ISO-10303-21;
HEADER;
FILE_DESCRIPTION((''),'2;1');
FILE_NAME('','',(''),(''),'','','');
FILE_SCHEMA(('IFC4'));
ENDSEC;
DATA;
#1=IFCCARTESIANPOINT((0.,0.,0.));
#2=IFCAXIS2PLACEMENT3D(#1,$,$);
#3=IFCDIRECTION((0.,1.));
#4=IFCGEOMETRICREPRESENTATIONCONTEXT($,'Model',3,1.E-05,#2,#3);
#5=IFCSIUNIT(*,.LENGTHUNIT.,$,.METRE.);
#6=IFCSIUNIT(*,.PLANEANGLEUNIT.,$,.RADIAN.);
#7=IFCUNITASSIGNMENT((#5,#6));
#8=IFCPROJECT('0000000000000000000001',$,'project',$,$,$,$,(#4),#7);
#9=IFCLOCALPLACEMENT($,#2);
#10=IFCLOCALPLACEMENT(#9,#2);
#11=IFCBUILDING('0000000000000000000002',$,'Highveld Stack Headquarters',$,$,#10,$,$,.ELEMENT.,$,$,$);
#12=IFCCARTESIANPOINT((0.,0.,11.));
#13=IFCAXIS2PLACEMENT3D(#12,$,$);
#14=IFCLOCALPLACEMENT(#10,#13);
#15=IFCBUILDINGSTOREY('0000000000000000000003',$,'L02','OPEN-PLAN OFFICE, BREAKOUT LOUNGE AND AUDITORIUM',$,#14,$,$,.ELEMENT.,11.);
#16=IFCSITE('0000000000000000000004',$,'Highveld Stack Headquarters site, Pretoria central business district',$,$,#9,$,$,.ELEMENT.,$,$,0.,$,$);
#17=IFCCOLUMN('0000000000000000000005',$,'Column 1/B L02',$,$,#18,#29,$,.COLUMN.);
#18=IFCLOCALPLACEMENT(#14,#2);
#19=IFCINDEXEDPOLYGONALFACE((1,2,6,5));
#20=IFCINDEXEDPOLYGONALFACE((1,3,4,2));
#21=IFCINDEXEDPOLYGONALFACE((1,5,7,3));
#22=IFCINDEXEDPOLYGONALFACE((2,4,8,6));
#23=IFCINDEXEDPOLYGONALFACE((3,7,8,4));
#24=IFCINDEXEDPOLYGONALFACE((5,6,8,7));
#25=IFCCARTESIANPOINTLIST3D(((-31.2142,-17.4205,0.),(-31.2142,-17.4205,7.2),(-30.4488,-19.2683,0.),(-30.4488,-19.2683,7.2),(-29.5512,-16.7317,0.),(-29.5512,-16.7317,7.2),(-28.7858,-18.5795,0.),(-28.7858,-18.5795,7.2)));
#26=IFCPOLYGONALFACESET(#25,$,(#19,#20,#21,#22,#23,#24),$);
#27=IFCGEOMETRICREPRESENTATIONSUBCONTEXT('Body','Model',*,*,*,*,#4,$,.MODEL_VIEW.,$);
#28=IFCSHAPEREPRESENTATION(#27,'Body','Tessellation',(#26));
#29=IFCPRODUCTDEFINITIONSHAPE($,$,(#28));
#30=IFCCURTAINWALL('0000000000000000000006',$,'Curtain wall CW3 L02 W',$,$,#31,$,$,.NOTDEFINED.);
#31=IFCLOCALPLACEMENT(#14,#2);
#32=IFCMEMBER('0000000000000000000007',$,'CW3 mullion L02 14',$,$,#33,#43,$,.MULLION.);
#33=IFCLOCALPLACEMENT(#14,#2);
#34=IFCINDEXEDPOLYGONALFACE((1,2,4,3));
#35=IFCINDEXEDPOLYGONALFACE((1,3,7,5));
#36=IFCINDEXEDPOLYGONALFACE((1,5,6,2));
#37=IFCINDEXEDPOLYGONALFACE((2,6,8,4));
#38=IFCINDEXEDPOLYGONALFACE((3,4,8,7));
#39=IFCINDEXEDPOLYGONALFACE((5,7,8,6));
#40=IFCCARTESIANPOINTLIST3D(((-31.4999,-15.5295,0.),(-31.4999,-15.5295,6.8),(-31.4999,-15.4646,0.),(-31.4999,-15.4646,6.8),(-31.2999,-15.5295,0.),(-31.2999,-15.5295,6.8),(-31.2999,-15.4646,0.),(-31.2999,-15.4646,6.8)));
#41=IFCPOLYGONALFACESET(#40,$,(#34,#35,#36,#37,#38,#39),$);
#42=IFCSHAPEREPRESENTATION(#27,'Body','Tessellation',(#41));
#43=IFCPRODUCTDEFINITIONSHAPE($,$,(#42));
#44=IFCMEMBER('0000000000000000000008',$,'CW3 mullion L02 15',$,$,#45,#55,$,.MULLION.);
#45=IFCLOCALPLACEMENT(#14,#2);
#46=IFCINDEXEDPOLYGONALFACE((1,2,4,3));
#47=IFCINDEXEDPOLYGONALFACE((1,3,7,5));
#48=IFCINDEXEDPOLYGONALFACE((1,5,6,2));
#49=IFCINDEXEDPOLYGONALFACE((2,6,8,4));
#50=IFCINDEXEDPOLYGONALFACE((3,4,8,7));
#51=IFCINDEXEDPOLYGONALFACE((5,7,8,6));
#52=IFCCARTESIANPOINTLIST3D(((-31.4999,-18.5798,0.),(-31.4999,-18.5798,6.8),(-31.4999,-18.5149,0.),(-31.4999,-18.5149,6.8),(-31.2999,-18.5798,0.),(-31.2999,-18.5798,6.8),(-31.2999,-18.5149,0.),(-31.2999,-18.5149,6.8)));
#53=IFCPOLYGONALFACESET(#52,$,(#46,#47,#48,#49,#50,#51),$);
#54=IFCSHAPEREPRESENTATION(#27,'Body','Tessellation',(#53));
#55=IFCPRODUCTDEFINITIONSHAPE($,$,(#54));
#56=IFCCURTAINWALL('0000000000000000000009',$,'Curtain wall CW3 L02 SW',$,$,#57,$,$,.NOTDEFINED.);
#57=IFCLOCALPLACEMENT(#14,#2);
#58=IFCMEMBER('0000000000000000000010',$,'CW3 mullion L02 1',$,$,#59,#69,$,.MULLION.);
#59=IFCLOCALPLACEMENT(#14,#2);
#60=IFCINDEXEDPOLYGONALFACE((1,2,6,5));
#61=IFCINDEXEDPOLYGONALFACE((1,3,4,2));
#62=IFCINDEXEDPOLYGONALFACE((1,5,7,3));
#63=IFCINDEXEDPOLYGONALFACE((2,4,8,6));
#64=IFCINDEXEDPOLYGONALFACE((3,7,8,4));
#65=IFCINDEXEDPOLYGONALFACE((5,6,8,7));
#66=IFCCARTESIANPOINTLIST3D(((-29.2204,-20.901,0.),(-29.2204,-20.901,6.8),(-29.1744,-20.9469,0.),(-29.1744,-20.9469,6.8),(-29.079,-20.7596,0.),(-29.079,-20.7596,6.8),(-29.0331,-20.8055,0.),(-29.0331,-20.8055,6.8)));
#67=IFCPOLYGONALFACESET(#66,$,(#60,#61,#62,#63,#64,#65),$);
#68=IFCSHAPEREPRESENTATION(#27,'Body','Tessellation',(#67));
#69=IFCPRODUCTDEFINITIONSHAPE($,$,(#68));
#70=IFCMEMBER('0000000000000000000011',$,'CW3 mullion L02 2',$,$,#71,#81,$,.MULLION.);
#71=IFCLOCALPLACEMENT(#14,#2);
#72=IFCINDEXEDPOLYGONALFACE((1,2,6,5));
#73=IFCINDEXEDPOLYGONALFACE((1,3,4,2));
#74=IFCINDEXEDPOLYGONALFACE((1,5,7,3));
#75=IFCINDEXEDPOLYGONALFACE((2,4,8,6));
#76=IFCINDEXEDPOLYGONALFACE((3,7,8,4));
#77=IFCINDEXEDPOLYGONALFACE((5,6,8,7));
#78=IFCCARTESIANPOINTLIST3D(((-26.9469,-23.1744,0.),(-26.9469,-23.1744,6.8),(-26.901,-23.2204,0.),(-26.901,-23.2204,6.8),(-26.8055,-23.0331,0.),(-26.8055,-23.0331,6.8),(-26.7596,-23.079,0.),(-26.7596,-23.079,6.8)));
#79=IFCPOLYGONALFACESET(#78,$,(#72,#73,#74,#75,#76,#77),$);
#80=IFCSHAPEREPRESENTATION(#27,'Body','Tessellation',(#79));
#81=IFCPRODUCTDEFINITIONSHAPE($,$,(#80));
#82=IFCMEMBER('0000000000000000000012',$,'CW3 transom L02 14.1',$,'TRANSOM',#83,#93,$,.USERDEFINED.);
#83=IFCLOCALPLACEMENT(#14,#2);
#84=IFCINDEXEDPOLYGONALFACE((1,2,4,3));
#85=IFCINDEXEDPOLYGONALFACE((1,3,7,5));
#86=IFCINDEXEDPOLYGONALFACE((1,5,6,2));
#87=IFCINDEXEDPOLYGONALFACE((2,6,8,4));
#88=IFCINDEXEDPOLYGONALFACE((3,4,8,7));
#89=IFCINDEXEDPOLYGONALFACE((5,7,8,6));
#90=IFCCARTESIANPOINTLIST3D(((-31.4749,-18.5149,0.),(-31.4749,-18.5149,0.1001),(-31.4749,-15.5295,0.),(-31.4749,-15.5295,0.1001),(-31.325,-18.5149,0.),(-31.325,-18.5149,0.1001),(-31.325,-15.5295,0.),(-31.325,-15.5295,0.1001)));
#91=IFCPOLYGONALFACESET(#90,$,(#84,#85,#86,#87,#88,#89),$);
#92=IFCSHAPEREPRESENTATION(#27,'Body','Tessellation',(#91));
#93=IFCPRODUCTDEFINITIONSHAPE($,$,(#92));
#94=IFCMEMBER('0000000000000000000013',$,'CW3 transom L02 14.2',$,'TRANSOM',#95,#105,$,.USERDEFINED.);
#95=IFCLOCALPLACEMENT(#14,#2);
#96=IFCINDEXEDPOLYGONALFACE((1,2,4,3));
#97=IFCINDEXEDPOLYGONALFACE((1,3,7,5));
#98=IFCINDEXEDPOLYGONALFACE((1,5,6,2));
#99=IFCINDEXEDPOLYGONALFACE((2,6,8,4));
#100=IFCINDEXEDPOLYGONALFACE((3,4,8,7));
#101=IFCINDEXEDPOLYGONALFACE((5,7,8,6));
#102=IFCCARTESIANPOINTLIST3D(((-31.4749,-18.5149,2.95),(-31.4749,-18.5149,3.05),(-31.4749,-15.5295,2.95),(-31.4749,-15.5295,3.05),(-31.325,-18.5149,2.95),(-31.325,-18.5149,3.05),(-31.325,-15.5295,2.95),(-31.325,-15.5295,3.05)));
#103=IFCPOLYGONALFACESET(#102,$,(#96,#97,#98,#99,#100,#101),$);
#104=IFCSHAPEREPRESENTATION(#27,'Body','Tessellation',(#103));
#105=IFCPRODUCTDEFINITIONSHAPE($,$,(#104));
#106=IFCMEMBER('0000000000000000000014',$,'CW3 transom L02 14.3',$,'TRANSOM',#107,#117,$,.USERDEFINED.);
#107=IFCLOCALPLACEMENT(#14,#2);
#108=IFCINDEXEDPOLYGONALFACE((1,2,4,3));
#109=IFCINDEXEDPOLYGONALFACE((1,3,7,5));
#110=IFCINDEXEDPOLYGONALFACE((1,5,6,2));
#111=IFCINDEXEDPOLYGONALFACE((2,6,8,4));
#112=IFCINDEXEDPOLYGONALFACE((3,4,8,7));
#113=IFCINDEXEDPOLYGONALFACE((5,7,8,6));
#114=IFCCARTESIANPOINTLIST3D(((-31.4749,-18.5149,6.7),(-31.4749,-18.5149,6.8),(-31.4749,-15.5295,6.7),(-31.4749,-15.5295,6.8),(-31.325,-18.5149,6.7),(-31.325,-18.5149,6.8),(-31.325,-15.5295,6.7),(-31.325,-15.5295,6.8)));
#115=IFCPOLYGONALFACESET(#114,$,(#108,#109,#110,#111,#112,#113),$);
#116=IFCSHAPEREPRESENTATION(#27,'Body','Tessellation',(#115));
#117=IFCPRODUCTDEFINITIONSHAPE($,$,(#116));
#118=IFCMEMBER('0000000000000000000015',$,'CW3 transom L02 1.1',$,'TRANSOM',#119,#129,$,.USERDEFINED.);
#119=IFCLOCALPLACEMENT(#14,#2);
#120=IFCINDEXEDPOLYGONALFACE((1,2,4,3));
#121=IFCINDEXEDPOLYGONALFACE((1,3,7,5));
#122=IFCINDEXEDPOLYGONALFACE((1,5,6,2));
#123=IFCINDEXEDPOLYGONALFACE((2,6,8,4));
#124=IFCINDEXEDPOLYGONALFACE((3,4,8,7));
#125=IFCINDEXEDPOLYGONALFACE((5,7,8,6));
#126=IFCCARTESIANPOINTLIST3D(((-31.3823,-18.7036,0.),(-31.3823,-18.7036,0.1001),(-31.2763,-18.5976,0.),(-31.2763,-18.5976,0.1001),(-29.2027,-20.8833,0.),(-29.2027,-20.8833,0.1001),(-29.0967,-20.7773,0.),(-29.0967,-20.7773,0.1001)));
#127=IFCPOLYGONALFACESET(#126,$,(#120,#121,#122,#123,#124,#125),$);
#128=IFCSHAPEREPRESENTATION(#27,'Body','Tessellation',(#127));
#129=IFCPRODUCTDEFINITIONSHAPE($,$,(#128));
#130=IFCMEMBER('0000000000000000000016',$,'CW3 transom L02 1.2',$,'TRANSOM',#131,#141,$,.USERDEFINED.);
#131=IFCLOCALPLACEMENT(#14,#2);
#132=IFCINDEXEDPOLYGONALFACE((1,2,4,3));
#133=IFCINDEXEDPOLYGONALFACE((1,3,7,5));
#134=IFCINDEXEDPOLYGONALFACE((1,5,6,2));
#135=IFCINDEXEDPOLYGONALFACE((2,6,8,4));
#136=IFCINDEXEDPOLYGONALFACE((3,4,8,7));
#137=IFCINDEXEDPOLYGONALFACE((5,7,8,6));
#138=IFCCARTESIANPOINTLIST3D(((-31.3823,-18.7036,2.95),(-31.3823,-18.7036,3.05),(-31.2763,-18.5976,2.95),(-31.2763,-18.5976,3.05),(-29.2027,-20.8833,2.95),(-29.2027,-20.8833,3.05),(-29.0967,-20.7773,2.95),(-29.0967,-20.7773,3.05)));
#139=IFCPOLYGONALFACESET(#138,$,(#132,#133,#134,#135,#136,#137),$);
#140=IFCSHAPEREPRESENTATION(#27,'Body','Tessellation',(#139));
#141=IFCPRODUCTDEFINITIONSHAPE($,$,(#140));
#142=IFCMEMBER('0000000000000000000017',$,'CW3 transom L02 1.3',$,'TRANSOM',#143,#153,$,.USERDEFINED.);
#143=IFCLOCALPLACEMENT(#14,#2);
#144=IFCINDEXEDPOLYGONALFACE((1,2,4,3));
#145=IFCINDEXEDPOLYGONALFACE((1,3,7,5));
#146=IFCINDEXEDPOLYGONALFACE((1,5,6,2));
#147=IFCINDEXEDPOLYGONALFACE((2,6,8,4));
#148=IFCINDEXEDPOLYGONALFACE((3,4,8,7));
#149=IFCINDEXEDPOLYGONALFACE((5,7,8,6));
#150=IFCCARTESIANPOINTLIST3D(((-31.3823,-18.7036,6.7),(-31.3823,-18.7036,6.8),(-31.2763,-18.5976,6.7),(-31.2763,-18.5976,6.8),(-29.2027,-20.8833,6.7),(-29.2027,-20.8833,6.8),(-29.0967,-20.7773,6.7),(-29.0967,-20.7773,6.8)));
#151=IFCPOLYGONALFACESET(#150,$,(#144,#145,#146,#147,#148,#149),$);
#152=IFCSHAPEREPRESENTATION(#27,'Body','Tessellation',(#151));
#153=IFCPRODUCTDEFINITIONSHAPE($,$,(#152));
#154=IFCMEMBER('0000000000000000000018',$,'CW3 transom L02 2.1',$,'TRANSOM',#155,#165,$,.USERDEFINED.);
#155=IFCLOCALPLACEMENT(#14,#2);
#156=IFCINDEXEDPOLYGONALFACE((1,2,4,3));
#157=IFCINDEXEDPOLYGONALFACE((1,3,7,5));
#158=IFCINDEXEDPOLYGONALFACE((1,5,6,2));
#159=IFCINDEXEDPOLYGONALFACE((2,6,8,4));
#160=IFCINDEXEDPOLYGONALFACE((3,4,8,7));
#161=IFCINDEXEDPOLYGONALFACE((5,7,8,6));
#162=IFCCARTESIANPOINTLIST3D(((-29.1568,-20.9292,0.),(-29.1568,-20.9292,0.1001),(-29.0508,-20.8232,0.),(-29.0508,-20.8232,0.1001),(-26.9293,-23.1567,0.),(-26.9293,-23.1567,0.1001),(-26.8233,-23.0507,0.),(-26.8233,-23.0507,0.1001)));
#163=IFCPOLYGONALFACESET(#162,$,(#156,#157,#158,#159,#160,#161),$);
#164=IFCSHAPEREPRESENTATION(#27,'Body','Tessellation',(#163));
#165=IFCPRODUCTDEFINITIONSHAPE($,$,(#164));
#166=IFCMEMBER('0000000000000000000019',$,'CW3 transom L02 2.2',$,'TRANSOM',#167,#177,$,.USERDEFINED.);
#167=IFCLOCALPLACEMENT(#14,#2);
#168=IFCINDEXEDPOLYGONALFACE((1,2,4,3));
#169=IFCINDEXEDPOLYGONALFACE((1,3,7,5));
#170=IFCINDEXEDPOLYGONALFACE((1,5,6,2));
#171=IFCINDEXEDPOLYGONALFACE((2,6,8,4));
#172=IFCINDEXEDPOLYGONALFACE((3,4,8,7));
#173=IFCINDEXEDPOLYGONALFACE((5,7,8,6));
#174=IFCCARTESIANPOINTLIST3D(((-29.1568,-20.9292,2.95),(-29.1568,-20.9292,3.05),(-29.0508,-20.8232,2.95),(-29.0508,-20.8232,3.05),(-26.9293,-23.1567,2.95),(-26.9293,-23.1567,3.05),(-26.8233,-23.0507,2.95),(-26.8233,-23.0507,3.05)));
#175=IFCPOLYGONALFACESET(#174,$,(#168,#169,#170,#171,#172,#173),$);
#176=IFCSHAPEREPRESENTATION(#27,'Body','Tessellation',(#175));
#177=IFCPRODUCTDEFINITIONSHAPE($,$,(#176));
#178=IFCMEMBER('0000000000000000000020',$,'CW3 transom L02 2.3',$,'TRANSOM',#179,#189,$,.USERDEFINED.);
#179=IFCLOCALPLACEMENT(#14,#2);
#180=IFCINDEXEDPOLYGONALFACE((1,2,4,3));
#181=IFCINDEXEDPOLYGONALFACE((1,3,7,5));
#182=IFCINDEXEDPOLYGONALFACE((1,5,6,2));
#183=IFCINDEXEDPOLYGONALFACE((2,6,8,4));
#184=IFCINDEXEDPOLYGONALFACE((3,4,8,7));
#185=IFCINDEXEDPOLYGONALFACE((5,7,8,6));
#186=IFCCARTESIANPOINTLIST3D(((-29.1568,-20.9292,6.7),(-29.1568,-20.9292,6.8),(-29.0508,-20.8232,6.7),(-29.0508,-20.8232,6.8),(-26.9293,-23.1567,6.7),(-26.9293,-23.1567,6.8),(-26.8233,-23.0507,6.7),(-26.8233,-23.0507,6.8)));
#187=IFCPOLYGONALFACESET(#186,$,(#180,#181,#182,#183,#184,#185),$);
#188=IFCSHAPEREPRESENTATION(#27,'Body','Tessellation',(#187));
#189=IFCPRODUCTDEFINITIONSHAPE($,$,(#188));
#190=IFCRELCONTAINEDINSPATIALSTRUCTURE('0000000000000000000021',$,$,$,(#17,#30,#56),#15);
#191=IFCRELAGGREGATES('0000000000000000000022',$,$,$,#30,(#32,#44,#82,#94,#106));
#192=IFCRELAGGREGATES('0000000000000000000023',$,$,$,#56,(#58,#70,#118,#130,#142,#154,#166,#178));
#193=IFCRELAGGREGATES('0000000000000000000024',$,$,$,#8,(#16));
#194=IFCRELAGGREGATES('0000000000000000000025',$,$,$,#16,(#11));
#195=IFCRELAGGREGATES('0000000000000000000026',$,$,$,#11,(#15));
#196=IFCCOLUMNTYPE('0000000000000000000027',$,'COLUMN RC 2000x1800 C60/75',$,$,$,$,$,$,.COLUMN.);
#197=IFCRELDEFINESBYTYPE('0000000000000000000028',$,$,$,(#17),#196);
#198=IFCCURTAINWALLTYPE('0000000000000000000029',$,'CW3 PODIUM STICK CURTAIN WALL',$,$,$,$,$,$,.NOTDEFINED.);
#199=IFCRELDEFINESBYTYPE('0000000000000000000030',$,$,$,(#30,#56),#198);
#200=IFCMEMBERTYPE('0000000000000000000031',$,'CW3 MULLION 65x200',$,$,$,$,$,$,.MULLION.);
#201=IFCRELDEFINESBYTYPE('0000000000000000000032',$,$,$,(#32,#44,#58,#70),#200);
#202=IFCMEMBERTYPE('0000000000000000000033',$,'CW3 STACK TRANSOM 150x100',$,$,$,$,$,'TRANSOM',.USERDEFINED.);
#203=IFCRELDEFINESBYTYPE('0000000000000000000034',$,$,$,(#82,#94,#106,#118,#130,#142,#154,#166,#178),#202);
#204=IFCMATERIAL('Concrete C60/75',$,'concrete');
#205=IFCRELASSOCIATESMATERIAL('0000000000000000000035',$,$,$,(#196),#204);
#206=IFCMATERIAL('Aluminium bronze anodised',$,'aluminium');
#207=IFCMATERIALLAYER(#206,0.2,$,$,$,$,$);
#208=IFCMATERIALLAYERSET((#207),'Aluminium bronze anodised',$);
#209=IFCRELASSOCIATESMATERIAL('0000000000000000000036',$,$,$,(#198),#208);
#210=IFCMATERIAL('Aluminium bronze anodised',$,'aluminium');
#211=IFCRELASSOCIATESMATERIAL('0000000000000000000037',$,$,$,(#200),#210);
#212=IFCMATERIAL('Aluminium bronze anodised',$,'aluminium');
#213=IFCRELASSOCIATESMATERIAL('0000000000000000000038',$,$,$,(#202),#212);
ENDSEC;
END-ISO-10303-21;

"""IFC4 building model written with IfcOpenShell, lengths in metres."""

from ifc_helpers import new_model, si_unit, direction, frame, origin, origin_2d, place, context, subcontext, project, spatial, rectangle, extrude, material, layer, layer_set, material_profile, profile_set, type_object, element, aggregate, save


model = new_model("IFC4")

# Units and contexts
model_context = context("Model", 3, precision=1e-05, world=origin(), true_north=direction((0.0, 1.0)))
body_context = subcontext(model_context, "Body", "Model", "MODEL_VIEW")
ifc_project = project(units=[si_unit("LENGTHUNIT", "METRE"), si_unit("PLANEANGLEUNIT", "RADIAN")], contexts=[model_context])

# Site, building, storey
site_placement = place(None, origin())
site = spatial("IfcSite", under=ifc_project, at=site_placement, Name="Highveld Stack Headquarters site, Pretoria central business district", CompositionType="ELEMENT", RefElevation=0.0)
building_placement = place(site_placement, origin())
building = spatial("IfcBuilding", under=site, at=building_placement, Name="Highveld Stack Headquarters", CompositionType="ELEMENT")
storey_placement = place(building_placement, frame((0.0, 0.0, 11.0)))
storey = spatial("IfcBuildingStorey", under=building, at=storey_placement, Name="L02", Description="OPEN-PLAN OFFICE, BREAKOUT LOUNGE AND AUDITORIUM", CompositionType="ELEMENT", Elevation=11.0)

# Column
ifc_material_1 = material(Name="Concrete C60/75", Category="concrete")
ifc_material_profile_1 = material_profile(ifc_material_1, rectangle(XDim=2.0, YDim=1.8, at=origin_2d()), Name="RC 2000x1800")
ifc_profile_set_1 = profile_set([ifc_material_profile_1], Name="Concrete C60/75")
column_type = type_object("IfcColumnType", Name="COLUMN RC 2000x1800 C60/75", PredefinedType="COLUMN", material=ifc_profile_set_1)
column_placement = place(storey_placement, frame((-30.0, -18.0, 0.0), z_axis=(0.0, 0.0, 1.0), x_axis=(-0.382683, 0.92388, 0.0)))
element("IfcColumn", 1, at=column_placement, inside=storey, type_object=column_type, Name="Column 1/B L02", PredefinedType="COLUMN", context=body_context, shape_type="SweptSolid", body=[
    extrude(rectangle(XDim=2.0, YDim=1.8, at=origin_2d()), origin(), (0.0, 0.0, 1.0), 7.2),
])

# Curtain walls, members
ifc_material_2 = material(Name="Aluminium bronze anodised", Category="aluminium")
ifc_layer_1 = layer(ifc_material_2, 0.2)
ifc_layer_set_1 = layer_set([ifc_layer_1], Name="Aluminium bronze anodised")
curtain_wall_type = type_object("IfcCurtainWallType", Name="CW3 PODIUM STICK CURTAIN WALL", PredefinedType="NOTDEFINED", material=ifc_layer_set_1)
curtain_wall_1_placement = place(storey_placement, origin())
curtain_wall_1 = element("IfcCurtainWall", 2, at=curtain_wall_1_placement, inside=storey, type_object=curtain_wall_type, Name="Curtain wall CW3 L02 W", PredefinedType="NOTDEFINED")
ifc_material_3 = material(Name="Aluminium bronze anodised", Category="aluminium")
ifc_material_profile_2 = material_profile(ifc_material_3, rectangle(XDim=0.2, YDim=0.0649, at=origin_2d()), Name="CW3 MULLION 65x200")
ifc_profile_set_2 = profile_set([ifc_material_profile_2], Name="Aluminium bronze anodised")
member_type_1 = type_object("IfcMemberType", Name="CW3 MULLION 65x200", PredefinedType="MULLION", material=ifc_profile_set_2)
member_1_placement = place(storey_placement, frame((-31.3999, -15.4971, 0.0), z_axis=(0.0, 0.0, 1.0), x_axis=(1.0, 0.0, 0.0)))
member_1 = element("IfcMember", 3, at=member_1_placement, type_object=member_type_1, Name="CW3 mullion L02 14", PredefinedType="MULLION", context=body_context, shape_type="SweptSolid", body=[
    extrude(rectangle(XDim=0.2, YDim=0.0649, at=origin_2d()), origin(), (0.0, 0.0, 1.0), 6.8),
])
member_2_placement = place(storey_placement, frame((-31.3999, -18.5474, 0.0), z_axis=(0.0, 0.0, 1.0), x_axis=(1.0, 0.0, 0.0)))
member_2 = element("IfcMember", 4, at=member_2_placement, type_object=member_type_1, Name="CW3 mullion L02 15", PredefinedType="MULLION", context=body_context, shape_type="SweptSolid", body=[
    extrude(rectangle(XDim=0.2, YDim=0.0649, at=origin_2d()), origin(), (0.0, 0.0, 1.0), 6.8),
])
curtain_wall_2_placement = place(storey_placement, origin())
curtain_wall_2 = element("IfcCurtainWall", 5, at=curtain_wall_2_placement, inside=storey, type_object=curtain_wall_type, Name="Curtain wall CW3 L02 SW", PredefinedType="NOTDEFINED")
member_3_placement = place(storey_placement, frame((-29.1267, -20.8533, 0.0), z_axis=(0.0, 0.0, 1.0), x_axis=(0.707107, 0.707107, 0.0)))
member_3 = element("IfcMember", 6, at=member_3_placement, type_object=member_type_1, Name="CW3 mullion L02 1", PredefinedType="MULLION", context=body_context, shape_type="SweptSolid", body=[
    extrude(rectangle(XDim=0.2, YDim=0.0649, at=origin_2d()), origin(), (0.0, 0.0, 1.0), 6.8),
])
member_4_placement = place(storey_placement, frame((-26.8533, -23.1267, 0.0), z_axis=(0.0, 0.0, 1.0), x_axis=(0.707107, 0.707107, 0.0)))
member_4 = element("IfcMember", 7, at=member_4_placement, type_object=member_type_1, Name="CW3 mullion L02 2", PredefinedType="MULLION", context=body_context, shape_type="SweptSolid", body=[
    extrude(rectangle(XDim=0.2, YDim=0.0649, at=origin_2d()), origin(), (0.0, 0.0, 1.0), 6.8),
])

# Members
ifc_material_4 = material(Name="Aluminium bronze anodised", Category="aluminium")
ifc_material_profile_3 = material_profile(ifc_material_4, rectangle(XDim=0.1499, YDim=0.1001, at=origin_2d()), Name="CW3 TRANSOM 150x100")
ifc_profile_set_3 = profile_set([ifc_material_profile_3], Name="Aluminium bronze anodised")
member_type_2 = type_object("IfcMemberType", Name="CW3 STACK TRANSOM 150x100", ElementType="TRANSOM", PredefinedType="USERDEFINED", material=ifc_profile_set_3)
member_5_placement = place(storey_placement, frame((-31.3999, -15.5295, 0.05), z_axis=(0.0, -1.0, 0.0), x_axis=(1.0, 0.0, 0.0)))
member_5 = element("IfcMember", 8, at=member_5_placement, type_object=member_type_2, Name="CW3 transom L02 14.1", ObjectType="TRANSOM", PredefinedType="USERDEFINED", context=body_context, shape_type="SweptSolid", body=[
    extrude(rectangle(XDim=0.1499, YDim=0.1001, at=origin_2d()), origin(), (0.0, 0.0, 1.0), 2.9854),
])
member_6_placement = place(storey_placement, frame((-31.3999, -15.5295, 3.0), z_axis=(0.0, -1.0, 0.0), x_axis=(1.0, 0.0, 0.0)))
member_6 = element("IfcMember", 9, at=member_6_placement, type_object=member_type_2, Name="CW3 transom L02 14.2", ObjectType="TRANSOM", PredefinedType="USERDEFINED", context=body_context, shape_type="SweptSolid", body=[
    extrude(rectangle(XDim=0.1499, YDim=0.1001, at=origin_2d()), origin(), (0.0, 0.0, 1.0), 2.9854),
])
member_7_placement = place(storey_placement, frame((-31.3999, -15.5295, 6.75), z_axis=(0.0, -1.0, 0.0), x_axis=(1.0, 0.0, 0.0)))
member_7 = element("IfcMember", 10, at=member_7_placement, type_object=member_type_2, Name="CW3 transom L02 14.3", ObjectType="TRANSOM", PredefinedType="USERDEFINED", context=body_context, shape_type="SweptSolid", body=[
    extrude(rectangle(XDim=0.1499, YDim=0.1001, at=origin_2d()), origin(), (0.0, 0.0, 1.0), 2.9854),
])
member_8_placement = place(storey_placement, frame((-31.3293, -18.6506, 0.05), z_axis=(0.707107, -0.707107, 0.0), x_axis=(0.707107, 0.707107, 0.0)))
member_8 = element("IfcMember", 11, at=member_8_placement, type_object=member_type_2, Name="CW3 transom L02 1.1", ObjectType="TRANSOM", PredefinedType="USERDEFINED", context=body_context, shape_type="SweptSolid", body=[
    extrude(rectangle(XDim=0.1499, YDim=0.1001, at=origin_2d()), origin(), (0.0, 0.0, 1.0), 3.0825),
])
member_9_placement = place(storey_placement, frame((-31.3293, -18.6506, 3.0), z_axis=(0.707107, -0.707107, 0.0), x_axis=(0.707107, 0.707107, 0.0)))
member_9 = element("IfcMember", 12, at=member_9_placement, type_object=member_type_2, Name="CW3 transom L02 1.2", ObjectType="TRANSOM", PredefinedType="USERDEFINED", context=body_context, shape_type="SweptSolid", body=[
    extrude(rectangle(XDim=0.1499, YDim=0.1001, at=origin_2d()), origin(), (0.0, 0.0, 1.0), 3.0825),
])
member_10_placement = place(storey_placement, frame((-31.3293, -18.6506, 6.75), z_axis=(0.707107, -0.707107, 0.0), x_axis=(0.707107, 0.707107, 0.0)))
member_10 = element("IfcMember", 13, at=member_10_placement, type_object=member_type_2, Name="CW3 transom L02 1.3", ObjectType="TRANSOM", PredefinedType="USERDEFINED", context=body_context, shape_type="SweptSolid", body=[
    extrude(rectangle(XDim=0.1499, YDim=0.1001, at=origin_2d()), origin(), (0.0, 0.0, 1.0), 3.0825),
])
member_11_placement = place(storey_placement, frame((-29.1038, -20.8762, 0.05), z_axis=(0.707107, -0.707107, 0.0), x_axis=(0.707107, 0.707107, 0.0)))
member_11 = element("IfcMember", 14, at=member_11_placement, type_object=member_type_2, Name="CW3 transom L02 2.1", ObjectType="TRANSOM", PredefinedType="USERDEFINED", context=body_context, shape_type="SweptSolid", body=[
    extrude(rectangle(XDim=0.1499, YDim=0.1001, at=origin_2d()), origin(), (0.0, 0.0, 1.0), 3.1501),
])
member_12_placement = place(storey_placement, frame((-29.1038, -20.8762, 3.0), z_axis=(0.707107, -0.707107, 0.0), x_axis=(0.707107, 0.707107, 0.0)))
member_12 = element("IfcMember", 15, at=member_12_placement, type_object=member_type_2, Name="CW3 transom L02 2.2", ObjectType="TRANSOM", PredefinedType="USERDEFINED", context=body_context, shape_type="SweptSolid", body=[
    extrude(rectangle(XDim=0.1499, YDim=0.1001, at=origin_2d()), origin(), (0.0, 0.0, 1.0), 3.1501),
])
member_13_placement = place(storey_placement, frame((-29.1038, -20.8762, 6.75), z_axis=(0.707107, -0.707107, 0.0), x_axis=(0.707107, 0.707107, 0.0)))
member_13 = element("IfcMember", 16, at=member_13_placement, type_object=member_type_2, Name="CW3 transom L02 2.3", ObjectType="TRANSOM", PredefinedType="USERDEFINED", context=body_context, shape_type="SweptSolid", body=[
    extrude(rectangle(XDim=0.1499, YDim=0.1001, at=origin_2d()), origin(), (0.0, 0.0, 1.0), 3.1501),
])

aggregate(curtain_wall_1, [member_1, member_2, member_5, member_6, member_7])
aggregate(curtain_wall_2, [member_3, member_4, member_8, member_9, member_10, member_11, member_12, member_13])

save(model, "model.ifc")
